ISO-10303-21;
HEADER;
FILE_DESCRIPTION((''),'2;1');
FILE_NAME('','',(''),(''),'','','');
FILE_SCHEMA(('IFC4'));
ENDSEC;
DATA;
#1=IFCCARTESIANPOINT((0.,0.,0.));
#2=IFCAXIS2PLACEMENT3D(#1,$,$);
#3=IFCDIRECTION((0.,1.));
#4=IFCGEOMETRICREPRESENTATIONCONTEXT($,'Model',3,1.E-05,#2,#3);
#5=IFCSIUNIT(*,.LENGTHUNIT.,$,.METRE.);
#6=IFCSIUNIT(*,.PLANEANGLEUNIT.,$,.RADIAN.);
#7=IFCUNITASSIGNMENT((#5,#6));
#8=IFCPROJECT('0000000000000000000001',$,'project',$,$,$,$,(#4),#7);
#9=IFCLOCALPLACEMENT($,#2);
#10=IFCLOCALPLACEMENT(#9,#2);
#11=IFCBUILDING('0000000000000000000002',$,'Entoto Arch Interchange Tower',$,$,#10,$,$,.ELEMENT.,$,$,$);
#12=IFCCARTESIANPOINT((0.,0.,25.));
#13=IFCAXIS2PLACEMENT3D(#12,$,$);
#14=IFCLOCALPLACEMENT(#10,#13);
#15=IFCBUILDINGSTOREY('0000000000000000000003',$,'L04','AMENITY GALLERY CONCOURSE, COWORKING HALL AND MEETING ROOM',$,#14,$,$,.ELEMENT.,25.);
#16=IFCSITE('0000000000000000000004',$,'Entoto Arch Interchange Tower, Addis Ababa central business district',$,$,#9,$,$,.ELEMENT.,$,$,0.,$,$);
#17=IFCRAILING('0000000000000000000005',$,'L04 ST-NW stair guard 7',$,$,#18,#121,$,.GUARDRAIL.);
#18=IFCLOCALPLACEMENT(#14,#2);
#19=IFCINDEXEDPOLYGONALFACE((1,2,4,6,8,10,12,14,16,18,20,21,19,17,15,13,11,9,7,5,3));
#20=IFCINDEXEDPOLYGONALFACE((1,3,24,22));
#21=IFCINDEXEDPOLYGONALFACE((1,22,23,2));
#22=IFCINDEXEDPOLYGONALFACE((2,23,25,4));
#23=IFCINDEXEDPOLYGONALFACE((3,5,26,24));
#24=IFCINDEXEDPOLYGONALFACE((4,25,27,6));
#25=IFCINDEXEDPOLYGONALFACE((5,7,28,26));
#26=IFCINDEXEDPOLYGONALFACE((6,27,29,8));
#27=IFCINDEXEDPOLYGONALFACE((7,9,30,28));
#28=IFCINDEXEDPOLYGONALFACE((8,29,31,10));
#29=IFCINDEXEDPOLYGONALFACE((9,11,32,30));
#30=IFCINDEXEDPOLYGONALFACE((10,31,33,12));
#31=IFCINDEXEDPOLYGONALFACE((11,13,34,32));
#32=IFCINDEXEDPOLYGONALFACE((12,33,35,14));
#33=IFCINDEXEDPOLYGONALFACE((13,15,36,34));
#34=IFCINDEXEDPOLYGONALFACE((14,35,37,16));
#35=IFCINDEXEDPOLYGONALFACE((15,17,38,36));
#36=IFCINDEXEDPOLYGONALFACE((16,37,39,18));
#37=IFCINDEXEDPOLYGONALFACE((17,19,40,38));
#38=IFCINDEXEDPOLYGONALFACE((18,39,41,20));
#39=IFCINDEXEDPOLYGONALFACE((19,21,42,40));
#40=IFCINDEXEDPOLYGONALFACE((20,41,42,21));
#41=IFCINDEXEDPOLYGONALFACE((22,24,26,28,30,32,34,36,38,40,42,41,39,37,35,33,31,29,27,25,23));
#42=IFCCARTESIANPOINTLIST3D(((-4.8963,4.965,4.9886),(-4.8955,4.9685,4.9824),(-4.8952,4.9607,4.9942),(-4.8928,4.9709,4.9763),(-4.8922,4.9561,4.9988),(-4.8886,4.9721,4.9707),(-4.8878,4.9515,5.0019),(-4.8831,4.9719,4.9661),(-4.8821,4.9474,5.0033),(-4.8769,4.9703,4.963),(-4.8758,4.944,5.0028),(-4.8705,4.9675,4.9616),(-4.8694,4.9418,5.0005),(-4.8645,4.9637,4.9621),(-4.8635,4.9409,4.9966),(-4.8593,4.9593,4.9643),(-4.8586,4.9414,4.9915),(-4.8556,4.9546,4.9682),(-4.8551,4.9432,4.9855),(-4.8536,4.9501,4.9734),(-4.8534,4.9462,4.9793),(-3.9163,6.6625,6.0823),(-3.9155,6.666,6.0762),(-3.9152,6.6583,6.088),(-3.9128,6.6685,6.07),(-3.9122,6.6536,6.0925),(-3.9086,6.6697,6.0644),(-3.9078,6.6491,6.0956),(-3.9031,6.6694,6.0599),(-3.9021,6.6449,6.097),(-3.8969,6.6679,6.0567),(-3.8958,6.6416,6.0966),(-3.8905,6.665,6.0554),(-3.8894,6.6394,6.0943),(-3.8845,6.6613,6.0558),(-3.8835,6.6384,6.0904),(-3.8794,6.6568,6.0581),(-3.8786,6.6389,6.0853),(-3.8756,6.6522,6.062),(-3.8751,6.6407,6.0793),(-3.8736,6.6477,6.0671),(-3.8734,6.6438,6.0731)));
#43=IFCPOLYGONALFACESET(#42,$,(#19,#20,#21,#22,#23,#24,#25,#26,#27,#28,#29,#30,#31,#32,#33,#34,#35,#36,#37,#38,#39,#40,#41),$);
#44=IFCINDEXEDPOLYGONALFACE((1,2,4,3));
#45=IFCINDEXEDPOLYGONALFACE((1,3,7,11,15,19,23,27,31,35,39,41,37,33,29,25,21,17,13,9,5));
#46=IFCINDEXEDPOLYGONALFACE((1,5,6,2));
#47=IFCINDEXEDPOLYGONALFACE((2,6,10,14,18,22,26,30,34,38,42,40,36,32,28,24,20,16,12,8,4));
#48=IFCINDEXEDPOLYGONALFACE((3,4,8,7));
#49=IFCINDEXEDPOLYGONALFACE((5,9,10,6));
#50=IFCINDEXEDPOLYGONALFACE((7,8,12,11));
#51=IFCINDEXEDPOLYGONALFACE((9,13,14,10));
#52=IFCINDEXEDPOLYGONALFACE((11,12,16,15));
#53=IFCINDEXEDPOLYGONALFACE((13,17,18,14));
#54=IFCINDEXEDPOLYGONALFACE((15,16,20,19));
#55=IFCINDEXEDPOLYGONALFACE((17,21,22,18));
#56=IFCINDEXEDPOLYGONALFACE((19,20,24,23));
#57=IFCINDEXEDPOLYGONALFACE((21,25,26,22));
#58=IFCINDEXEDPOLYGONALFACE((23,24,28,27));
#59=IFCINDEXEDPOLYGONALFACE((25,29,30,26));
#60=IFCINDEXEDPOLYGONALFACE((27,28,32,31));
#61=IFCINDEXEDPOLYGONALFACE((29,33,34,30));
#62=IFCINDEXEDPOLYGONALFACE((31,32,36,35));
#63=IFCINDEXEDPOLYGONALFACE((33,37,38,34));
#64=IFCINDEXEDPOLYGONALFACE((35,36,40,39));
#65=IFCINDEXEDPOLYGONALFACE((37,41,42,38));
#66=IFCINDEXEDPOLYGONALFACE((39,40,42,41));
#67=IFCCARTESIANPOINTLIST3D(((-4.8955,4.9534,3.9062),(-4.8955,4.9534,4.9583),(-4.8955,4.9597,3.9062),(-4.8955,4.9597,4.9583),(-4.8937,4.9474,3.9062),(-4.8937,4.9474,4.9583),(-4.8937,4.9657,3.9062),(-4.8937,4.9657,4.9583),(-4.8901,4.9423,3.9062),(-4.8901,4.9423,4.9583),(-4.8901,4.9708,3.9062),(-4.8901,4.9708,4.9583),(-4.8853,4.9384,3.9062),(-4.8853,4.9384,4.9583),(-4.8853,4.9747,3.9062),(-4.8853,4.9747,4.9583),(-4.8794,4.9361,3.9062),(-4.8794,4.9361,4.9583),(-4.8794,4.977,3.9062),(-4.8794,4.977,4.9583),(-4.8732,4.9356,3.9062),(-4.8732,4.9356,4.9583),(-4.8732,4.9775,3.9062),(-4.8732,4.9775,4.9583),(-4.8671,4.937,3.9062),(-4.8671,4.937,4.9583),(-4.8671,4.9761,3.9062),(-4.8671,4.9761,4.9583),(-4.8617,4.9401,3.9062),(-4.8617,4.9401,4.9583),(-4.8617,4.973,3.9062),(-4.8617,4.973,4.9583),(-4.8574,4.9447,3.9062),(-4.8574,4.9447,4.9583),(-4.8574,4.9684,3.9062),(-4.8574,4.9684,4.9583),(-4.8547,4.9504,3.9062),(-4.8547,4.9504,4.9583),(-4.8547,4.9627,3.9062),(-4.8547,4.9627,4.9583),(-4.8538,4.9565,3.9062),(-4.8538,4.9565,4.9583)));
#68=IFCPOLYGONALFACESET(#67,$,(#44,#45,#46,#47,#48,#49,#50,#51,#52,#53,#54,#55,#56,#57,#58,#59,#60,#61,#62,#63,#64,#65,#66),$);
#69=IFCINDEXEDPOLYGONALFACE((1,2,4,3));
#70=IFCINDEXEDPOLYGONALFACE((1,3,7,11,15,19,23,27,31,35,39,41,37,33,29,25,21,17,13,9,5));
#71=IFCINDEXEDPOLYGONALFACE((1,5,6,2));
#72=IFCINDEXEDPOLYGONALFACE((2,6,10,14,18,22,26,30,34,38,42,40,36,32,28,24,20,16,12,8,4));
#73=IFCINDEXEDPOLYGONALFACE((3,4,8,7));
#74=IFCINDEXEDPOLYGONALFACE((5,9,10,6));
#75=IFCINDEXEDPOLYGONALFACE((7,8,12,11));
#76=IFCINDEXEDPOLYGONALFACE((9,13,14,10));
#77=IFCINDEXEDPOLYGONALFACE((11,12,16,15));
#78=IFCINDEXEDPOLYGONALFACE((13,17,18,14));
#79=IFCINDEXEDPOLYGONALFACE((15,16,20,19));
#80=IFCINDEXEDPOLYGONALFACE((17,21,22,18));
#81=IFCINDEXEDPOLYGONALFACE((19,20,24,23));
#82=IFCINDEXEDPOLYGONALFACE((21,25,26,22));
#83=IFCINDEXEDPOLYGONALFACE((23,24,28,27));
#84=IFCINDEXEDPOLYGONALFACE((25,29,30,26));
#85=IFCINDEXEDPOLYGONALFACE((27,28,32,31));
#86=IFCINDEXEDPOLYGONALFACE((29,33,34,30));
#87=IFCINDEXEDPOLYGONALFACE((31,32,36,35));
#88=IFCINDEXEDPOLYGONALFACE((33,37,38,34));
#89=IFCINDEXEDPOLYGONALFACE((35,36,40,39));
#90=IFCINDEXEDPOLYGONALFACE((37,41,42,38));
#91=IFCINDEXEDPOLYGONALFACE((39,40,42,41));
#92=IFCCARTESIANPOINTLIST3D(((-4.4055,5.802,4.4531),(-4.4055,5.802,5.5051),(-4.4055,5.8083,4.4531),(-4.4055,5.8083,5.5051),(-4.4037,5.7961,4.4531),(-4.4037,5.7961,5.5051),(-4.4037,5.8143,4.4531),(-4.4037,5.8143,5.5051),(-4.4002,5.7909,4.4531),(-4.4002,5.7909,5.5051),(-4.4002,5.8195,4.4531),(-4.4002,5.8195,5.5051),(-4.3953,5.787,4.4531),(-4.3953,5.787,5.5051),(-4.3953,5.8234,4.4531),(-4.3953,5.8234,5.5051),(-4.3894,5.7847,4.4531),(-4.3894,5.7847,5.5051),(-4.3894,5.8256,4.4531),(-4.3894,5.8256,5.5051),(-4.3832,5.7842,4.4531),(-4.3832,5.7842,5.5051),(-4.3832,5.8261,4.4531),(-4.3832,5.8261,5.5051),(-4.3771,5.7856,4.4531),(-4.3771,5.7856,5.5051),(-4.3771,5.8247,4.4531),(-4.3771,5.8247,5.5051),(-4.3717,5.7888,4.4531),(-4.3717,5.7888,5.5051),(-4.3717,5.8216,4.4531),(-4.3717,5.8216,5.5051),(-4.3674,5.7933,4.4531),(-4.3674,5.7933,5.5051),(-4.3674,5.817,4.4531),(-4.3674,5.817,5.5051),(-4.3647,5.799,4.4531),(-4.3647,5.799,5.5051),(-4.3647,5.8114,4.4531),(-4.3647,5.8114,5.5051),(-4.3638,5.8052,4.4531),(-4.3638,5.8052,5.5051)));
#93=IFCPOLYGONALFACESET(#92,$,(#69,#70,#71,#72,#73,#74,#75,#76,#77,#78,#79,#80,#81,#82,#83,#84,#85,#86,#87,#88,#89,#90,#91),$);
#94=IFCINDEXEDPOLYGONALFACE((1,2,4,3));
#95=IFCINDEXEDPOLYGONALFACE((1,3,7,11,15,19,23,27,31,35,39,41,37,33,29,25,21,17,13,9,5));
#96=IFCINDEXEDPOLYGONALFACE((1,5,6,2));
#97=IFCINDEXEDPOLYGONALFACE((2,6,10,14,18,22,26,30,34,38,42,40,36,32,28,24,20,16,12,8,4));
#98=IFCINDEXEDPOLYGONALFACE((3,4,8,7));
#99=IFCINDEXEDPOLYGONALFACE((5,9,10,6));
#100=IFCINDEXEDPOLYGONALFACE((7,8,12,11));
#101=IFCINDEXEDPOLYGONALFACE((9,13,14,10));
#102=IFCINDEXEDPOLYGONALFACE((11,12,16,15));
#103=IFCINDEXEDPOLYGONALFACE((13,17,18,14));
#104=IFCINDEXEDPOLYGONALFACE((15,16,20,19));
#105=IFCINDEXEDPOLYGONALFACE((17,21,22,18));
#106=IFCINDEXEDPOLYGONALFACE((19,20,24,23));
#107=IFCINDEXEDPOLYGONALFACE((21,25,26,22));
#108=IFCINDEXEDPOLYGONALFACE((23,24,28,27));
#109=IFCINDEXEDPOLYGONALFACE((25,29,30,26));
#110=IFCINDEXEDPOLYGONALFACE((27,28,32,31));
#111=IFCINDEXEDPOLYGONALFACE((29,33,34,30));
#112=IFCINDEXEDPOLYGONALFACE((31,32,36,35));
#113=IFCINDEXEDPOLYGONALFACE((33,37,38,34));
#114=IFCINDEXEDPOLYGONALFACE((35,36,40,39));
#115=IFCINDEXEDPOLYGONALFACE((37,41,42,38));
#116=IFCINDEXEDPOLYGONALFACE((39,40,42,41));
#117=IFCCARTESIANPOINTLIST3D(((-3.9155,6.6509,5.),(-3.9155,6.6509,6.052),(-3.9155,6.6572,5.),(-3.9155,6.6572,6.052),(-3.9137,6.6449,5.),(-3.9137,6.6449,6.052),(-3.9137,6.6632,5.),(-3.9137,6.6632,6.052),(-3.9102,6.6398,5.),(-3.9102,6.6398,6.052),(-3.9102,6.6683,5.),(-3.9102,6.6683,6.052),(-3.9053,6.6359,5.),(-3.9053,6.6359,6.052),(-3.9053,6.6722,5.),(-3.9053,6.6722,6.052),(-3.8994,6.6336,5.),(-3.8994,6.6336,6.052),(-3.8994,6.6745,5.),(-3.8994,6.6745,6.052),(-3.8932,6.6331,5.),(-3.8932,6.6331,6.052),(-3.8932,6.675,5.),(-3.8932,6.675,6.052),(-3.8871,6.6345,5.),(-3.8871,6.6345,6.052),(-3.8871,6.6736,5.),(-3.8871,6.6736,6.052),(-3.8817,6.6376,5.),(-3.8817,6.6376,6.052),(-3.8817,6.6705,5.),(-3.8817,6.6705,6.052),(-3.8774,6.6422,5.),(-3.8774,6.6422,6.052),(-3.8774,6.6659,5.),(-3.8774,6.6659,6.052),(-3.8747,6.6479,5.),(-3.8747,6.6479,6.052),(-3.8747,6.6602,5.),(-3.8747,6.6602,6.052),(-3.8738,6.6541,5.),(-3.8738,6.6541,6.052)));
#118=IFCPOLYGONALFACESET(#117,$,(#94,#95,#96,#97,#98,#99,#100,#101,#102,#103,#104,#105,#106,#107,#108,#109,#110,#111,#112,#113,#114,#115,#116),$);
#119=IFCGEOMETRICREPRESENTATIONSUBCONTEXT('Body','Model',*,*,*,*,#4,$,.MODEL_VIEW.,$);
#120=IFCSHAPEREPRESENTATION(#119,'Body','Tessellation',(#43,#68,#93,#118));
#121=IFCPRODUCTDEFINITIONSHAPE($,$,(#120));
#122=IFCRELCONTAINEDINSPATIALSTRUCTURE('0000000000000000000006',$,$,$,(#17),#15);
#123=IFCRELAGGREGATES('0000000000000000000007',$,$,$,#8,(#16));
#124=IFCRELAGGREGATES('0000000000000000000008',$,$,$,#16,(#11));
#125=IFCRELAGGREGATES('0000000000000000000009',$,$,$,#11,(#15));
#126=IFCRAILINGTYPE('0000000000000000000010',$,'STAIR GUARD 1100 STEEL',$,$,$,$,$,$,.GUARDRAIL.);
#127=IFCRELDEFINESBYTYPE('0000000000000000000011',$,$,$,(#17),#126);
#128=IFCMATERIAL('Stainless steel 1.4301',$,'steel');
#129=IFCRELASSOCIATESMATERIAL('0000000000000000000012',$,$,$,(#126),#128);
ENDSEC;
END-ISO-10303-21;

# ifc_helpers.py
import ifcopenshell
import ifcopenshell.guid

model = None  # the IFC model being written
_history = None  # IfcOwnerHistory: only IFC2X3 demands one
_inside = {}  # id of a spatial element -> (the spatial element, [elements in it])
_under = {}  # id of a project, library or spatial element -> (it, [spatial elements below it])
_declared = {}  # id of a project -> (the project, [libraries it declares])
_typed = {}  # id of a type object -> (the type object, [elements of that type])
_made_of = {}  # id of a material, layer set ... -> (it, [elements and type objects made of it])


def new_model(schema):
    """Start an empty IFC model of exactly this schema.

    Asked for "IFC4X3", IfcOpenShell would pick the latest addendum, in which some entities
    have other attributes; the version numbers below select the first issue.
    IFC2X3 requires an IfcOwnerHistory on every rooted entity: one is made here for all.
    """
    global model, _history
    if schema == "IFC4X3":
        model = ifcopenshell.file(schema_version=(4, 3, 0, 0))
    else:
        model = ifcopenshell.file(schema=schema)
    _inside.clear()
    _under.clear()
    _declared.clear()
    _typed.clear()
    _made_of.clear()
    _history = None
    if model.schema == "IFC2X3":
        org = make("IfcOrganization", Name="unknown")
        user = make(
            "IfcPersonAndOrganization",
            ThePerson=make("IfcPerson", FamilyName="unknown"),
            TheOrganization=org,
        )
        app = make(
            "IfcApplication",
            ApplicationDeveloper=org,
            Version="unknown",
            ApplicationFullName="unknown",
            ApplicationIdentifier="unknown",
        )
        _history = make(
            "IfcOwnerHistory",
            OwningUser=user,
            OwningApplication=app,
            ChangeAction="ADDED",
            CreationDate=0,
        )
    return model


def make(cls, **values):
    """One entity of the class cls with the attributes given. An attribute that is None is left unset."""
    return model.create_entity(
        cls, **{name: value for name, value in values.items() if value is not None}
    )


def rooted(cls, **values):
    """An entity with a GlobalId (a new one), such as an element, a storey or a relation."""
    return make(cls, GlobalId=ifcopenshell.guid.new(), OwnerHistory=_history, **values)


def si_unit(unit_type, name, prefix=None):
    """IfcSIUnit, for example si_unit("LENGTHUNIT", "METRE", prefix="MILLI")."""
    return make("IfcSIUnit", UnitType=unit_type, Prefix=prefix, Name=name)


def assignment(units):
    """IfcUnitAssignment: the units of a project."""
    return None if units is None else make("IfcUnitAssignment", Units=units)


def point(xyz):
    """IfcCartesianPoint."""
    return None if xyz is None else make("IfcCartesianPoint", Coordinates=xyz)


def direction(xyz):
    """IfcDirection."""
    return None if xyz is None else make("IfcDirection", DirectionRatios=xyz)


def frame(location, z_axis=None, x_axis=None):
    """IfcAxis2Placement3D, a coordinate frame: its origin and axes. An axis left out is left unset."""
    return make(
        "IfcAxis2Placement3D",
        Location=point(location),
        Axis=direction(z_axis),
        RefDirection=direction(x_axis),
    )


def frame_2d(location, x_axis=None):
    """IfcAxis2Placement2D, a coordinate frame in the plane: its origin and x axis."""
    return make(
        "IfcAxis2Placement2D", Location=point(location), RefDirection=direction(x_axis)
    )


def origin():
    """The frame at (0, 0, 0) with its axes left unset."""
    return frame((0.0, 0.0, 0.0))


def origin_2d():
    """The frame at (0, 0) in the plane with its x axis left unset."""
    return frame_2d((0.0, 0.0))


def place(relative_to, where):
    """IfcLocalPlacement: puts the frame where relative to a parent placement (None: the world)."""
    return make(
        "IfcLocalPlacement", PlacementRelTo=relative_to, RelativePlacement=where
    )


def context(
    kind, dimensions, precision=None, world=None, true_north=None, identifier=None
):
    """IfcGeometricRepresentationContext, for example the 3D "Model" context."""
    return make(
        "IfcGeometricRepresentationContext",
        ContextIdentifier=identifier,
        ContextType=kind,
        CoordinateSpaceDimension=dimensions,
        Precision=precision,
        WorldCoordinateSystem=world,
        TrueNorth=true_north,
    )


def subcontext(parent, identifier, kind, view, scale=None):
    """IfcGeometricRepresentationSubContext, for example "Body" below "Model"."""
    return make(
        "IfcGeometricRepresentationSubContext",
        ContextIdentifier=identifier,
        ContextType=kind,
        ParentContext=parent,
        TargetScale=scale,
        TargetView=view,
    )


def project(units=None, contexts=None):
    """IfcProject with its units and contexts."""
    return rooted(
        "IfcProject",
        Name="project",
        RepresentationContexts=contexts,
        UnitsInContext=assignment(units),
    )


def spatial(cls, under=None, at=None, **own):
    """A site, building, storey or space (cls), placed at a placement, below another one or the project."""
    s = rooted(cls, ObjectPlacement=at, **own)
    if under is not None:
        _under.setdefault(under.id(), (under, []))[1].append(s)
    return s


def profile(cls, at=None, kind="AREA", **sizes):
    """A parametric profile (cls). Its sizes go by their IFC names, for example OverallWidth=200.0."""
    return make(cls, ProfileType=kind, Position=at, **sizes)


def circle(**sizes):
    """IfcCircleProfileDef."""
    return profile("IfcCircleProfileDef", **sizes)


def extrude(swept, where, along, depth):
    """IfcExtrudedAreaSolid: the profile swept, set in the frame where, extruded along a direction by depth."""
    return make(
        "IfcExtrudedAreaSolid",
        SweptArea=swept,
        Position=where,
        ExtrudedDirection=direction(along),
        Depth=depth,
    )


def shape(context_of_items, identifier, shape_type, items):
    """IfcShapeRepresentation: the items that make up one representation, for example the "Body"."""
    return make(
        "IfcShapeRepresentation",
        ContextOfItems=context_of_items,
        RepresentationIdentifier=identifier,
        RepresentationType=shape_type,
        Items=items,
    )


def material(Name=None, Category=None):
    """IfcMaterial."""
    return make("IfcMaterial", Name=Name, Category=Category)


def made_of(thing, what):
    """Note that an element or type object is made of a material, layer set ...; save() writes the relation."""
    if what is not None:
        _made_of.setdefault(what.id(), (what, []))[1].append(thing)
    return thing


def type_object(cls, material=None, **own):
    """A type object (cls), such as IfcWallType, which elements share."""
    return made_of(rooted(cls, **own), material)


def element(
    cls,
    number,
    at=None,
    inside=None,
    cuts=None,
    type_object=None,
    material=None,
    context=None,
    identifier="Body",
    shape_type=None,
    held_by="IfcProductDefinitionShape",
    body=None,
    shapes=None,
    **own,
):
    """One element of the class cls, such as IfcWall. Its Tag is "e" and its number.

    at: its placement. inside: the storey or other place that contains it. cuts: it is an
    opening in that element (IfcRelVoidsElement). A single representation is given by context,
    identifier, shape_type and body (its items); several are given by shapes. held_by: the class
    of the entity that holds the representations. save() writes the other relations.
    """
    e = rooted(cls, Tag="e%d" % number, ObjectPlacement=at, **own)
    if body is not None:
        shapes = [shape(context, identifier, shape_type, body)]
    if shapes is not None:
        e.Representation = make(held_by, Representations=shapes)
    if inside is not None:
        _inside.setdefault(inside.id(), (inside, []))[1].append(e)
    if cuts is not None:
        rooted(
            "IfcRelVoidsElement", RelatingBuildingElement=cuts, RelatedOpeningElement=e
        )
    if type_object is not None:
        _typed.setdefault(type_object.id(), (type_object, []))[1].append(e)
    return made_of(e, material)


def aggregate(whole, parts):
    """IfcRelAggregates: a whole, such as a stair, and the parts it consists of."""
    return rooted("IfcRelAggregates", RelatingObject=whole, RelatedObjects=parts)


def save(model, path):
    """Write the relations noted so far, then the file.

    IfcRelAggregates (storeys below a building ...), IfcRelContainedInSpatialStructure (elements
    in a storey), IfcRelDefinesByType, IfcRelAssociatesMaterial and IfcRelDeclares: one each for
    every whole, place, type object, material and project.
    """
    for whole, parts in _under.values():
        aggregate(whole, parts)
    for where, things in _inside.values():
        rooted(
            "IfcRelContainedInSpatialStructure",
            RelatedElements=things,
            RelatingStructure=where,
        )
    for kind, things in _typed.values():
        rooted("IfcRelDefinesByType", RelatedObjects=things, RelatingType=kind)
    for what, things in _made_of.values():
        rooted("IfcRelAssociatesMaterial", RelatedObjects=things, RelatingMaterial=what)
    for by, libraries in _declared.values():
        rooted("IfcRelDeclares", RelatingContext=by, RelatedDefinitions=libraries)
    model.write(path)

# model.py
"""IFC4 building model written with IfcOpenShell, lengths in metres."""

from ifc_helpers import new_model, si_unit, direction, frame, origin, origin_2d, place, context, subcontext, project, spatial, circle, extrude, material, type_object, element, save


model = new_model("IFC4")

# Units and contexts
model_context = context("Model", 3, precision=1e-05, world=origin(), true_north=direction((0.0, 1.0)))
body_context = subcontext(model_context, "Body", "Model", "MODEL_VIEW")
ifc_project = project(units=[si_unit("LENGTHUNIT", "METRE"), si_unit("PLANEANGLEUNIT", "RADIAN")], contexts=[model_context])

# Site, building, storey
site_placement = place(None, origin())
site = spatial("IfcSite", under=ifc_project, at=site_placement, Name="Entoto Arch Interchange Tower, Addis Ababa central business district", CompositionType="ELEMENT", RefElevation=0.0)
building_placement = place(site_placement, origin())
building = spatial("IfcBuilding", under=site, at=building_placement, Name="Entoto Arch Interchange Tower", CompositionType="ELEMENT")
storey_placement = place(building_placement, frame((0.0, 0.0, 25.0)))
storey = spatial("IfcBuildingStorey", under=building, at=storey_placement, Name="L04", Description="AMENITY GALLERY CONCOURSE, COWORKING HALL AND MEETING ROOM", CompositionType="ELEMENT", Elevation=25.0)

# Railing
ifc_material_1 = material(Name="Stainless steel 1.4301", Category="steel")
railing_type = type_object("IfcRailingType", Name="STAIR GUARD 1100 STEEL", PredefinedType="GUARDRAIL", material=ifc_material_1)
railing_1_placement = place(storey_placement, frame((-4.8748, 4.9565, 3.9062)))
element("IfcRailing", 1, at=railing_1_placement, inside=storey, type_object=railing_type, Name="L04 ST-NW stair guard 7", PredefinedType="GUARDRAIL", context=body_context, shape_type="SweptSolid", body=[
    extrude(circle(Radius=0.0239, at=origin_2d()), frame((0.0, 0.0, 1.0762), z_axis=(0.436596, 0.756267, 0.487282), x_axis=(-0.866042, 0.49997, 0.0)), (0.0, 0.0, 1.0), 2.2446),
    extrude(circle(Radius=0.021, at=origin_2d()), origin(), (0.0, 0.0, 1.0), 1.052),
    extrude(circle(Radius=0.021, at=origin_2d()), frame((0.49, 0.8486, 0.5469)), (0.0, 0.0, 1.0), 1.052),
    extrude(circle(Radius=0.021, at=origin_2d()), frame((0.98, 1.6975, 1.0938)), (0.0, 0.0, 1.0), 1.052),
])

save(model, "model.ifc")
